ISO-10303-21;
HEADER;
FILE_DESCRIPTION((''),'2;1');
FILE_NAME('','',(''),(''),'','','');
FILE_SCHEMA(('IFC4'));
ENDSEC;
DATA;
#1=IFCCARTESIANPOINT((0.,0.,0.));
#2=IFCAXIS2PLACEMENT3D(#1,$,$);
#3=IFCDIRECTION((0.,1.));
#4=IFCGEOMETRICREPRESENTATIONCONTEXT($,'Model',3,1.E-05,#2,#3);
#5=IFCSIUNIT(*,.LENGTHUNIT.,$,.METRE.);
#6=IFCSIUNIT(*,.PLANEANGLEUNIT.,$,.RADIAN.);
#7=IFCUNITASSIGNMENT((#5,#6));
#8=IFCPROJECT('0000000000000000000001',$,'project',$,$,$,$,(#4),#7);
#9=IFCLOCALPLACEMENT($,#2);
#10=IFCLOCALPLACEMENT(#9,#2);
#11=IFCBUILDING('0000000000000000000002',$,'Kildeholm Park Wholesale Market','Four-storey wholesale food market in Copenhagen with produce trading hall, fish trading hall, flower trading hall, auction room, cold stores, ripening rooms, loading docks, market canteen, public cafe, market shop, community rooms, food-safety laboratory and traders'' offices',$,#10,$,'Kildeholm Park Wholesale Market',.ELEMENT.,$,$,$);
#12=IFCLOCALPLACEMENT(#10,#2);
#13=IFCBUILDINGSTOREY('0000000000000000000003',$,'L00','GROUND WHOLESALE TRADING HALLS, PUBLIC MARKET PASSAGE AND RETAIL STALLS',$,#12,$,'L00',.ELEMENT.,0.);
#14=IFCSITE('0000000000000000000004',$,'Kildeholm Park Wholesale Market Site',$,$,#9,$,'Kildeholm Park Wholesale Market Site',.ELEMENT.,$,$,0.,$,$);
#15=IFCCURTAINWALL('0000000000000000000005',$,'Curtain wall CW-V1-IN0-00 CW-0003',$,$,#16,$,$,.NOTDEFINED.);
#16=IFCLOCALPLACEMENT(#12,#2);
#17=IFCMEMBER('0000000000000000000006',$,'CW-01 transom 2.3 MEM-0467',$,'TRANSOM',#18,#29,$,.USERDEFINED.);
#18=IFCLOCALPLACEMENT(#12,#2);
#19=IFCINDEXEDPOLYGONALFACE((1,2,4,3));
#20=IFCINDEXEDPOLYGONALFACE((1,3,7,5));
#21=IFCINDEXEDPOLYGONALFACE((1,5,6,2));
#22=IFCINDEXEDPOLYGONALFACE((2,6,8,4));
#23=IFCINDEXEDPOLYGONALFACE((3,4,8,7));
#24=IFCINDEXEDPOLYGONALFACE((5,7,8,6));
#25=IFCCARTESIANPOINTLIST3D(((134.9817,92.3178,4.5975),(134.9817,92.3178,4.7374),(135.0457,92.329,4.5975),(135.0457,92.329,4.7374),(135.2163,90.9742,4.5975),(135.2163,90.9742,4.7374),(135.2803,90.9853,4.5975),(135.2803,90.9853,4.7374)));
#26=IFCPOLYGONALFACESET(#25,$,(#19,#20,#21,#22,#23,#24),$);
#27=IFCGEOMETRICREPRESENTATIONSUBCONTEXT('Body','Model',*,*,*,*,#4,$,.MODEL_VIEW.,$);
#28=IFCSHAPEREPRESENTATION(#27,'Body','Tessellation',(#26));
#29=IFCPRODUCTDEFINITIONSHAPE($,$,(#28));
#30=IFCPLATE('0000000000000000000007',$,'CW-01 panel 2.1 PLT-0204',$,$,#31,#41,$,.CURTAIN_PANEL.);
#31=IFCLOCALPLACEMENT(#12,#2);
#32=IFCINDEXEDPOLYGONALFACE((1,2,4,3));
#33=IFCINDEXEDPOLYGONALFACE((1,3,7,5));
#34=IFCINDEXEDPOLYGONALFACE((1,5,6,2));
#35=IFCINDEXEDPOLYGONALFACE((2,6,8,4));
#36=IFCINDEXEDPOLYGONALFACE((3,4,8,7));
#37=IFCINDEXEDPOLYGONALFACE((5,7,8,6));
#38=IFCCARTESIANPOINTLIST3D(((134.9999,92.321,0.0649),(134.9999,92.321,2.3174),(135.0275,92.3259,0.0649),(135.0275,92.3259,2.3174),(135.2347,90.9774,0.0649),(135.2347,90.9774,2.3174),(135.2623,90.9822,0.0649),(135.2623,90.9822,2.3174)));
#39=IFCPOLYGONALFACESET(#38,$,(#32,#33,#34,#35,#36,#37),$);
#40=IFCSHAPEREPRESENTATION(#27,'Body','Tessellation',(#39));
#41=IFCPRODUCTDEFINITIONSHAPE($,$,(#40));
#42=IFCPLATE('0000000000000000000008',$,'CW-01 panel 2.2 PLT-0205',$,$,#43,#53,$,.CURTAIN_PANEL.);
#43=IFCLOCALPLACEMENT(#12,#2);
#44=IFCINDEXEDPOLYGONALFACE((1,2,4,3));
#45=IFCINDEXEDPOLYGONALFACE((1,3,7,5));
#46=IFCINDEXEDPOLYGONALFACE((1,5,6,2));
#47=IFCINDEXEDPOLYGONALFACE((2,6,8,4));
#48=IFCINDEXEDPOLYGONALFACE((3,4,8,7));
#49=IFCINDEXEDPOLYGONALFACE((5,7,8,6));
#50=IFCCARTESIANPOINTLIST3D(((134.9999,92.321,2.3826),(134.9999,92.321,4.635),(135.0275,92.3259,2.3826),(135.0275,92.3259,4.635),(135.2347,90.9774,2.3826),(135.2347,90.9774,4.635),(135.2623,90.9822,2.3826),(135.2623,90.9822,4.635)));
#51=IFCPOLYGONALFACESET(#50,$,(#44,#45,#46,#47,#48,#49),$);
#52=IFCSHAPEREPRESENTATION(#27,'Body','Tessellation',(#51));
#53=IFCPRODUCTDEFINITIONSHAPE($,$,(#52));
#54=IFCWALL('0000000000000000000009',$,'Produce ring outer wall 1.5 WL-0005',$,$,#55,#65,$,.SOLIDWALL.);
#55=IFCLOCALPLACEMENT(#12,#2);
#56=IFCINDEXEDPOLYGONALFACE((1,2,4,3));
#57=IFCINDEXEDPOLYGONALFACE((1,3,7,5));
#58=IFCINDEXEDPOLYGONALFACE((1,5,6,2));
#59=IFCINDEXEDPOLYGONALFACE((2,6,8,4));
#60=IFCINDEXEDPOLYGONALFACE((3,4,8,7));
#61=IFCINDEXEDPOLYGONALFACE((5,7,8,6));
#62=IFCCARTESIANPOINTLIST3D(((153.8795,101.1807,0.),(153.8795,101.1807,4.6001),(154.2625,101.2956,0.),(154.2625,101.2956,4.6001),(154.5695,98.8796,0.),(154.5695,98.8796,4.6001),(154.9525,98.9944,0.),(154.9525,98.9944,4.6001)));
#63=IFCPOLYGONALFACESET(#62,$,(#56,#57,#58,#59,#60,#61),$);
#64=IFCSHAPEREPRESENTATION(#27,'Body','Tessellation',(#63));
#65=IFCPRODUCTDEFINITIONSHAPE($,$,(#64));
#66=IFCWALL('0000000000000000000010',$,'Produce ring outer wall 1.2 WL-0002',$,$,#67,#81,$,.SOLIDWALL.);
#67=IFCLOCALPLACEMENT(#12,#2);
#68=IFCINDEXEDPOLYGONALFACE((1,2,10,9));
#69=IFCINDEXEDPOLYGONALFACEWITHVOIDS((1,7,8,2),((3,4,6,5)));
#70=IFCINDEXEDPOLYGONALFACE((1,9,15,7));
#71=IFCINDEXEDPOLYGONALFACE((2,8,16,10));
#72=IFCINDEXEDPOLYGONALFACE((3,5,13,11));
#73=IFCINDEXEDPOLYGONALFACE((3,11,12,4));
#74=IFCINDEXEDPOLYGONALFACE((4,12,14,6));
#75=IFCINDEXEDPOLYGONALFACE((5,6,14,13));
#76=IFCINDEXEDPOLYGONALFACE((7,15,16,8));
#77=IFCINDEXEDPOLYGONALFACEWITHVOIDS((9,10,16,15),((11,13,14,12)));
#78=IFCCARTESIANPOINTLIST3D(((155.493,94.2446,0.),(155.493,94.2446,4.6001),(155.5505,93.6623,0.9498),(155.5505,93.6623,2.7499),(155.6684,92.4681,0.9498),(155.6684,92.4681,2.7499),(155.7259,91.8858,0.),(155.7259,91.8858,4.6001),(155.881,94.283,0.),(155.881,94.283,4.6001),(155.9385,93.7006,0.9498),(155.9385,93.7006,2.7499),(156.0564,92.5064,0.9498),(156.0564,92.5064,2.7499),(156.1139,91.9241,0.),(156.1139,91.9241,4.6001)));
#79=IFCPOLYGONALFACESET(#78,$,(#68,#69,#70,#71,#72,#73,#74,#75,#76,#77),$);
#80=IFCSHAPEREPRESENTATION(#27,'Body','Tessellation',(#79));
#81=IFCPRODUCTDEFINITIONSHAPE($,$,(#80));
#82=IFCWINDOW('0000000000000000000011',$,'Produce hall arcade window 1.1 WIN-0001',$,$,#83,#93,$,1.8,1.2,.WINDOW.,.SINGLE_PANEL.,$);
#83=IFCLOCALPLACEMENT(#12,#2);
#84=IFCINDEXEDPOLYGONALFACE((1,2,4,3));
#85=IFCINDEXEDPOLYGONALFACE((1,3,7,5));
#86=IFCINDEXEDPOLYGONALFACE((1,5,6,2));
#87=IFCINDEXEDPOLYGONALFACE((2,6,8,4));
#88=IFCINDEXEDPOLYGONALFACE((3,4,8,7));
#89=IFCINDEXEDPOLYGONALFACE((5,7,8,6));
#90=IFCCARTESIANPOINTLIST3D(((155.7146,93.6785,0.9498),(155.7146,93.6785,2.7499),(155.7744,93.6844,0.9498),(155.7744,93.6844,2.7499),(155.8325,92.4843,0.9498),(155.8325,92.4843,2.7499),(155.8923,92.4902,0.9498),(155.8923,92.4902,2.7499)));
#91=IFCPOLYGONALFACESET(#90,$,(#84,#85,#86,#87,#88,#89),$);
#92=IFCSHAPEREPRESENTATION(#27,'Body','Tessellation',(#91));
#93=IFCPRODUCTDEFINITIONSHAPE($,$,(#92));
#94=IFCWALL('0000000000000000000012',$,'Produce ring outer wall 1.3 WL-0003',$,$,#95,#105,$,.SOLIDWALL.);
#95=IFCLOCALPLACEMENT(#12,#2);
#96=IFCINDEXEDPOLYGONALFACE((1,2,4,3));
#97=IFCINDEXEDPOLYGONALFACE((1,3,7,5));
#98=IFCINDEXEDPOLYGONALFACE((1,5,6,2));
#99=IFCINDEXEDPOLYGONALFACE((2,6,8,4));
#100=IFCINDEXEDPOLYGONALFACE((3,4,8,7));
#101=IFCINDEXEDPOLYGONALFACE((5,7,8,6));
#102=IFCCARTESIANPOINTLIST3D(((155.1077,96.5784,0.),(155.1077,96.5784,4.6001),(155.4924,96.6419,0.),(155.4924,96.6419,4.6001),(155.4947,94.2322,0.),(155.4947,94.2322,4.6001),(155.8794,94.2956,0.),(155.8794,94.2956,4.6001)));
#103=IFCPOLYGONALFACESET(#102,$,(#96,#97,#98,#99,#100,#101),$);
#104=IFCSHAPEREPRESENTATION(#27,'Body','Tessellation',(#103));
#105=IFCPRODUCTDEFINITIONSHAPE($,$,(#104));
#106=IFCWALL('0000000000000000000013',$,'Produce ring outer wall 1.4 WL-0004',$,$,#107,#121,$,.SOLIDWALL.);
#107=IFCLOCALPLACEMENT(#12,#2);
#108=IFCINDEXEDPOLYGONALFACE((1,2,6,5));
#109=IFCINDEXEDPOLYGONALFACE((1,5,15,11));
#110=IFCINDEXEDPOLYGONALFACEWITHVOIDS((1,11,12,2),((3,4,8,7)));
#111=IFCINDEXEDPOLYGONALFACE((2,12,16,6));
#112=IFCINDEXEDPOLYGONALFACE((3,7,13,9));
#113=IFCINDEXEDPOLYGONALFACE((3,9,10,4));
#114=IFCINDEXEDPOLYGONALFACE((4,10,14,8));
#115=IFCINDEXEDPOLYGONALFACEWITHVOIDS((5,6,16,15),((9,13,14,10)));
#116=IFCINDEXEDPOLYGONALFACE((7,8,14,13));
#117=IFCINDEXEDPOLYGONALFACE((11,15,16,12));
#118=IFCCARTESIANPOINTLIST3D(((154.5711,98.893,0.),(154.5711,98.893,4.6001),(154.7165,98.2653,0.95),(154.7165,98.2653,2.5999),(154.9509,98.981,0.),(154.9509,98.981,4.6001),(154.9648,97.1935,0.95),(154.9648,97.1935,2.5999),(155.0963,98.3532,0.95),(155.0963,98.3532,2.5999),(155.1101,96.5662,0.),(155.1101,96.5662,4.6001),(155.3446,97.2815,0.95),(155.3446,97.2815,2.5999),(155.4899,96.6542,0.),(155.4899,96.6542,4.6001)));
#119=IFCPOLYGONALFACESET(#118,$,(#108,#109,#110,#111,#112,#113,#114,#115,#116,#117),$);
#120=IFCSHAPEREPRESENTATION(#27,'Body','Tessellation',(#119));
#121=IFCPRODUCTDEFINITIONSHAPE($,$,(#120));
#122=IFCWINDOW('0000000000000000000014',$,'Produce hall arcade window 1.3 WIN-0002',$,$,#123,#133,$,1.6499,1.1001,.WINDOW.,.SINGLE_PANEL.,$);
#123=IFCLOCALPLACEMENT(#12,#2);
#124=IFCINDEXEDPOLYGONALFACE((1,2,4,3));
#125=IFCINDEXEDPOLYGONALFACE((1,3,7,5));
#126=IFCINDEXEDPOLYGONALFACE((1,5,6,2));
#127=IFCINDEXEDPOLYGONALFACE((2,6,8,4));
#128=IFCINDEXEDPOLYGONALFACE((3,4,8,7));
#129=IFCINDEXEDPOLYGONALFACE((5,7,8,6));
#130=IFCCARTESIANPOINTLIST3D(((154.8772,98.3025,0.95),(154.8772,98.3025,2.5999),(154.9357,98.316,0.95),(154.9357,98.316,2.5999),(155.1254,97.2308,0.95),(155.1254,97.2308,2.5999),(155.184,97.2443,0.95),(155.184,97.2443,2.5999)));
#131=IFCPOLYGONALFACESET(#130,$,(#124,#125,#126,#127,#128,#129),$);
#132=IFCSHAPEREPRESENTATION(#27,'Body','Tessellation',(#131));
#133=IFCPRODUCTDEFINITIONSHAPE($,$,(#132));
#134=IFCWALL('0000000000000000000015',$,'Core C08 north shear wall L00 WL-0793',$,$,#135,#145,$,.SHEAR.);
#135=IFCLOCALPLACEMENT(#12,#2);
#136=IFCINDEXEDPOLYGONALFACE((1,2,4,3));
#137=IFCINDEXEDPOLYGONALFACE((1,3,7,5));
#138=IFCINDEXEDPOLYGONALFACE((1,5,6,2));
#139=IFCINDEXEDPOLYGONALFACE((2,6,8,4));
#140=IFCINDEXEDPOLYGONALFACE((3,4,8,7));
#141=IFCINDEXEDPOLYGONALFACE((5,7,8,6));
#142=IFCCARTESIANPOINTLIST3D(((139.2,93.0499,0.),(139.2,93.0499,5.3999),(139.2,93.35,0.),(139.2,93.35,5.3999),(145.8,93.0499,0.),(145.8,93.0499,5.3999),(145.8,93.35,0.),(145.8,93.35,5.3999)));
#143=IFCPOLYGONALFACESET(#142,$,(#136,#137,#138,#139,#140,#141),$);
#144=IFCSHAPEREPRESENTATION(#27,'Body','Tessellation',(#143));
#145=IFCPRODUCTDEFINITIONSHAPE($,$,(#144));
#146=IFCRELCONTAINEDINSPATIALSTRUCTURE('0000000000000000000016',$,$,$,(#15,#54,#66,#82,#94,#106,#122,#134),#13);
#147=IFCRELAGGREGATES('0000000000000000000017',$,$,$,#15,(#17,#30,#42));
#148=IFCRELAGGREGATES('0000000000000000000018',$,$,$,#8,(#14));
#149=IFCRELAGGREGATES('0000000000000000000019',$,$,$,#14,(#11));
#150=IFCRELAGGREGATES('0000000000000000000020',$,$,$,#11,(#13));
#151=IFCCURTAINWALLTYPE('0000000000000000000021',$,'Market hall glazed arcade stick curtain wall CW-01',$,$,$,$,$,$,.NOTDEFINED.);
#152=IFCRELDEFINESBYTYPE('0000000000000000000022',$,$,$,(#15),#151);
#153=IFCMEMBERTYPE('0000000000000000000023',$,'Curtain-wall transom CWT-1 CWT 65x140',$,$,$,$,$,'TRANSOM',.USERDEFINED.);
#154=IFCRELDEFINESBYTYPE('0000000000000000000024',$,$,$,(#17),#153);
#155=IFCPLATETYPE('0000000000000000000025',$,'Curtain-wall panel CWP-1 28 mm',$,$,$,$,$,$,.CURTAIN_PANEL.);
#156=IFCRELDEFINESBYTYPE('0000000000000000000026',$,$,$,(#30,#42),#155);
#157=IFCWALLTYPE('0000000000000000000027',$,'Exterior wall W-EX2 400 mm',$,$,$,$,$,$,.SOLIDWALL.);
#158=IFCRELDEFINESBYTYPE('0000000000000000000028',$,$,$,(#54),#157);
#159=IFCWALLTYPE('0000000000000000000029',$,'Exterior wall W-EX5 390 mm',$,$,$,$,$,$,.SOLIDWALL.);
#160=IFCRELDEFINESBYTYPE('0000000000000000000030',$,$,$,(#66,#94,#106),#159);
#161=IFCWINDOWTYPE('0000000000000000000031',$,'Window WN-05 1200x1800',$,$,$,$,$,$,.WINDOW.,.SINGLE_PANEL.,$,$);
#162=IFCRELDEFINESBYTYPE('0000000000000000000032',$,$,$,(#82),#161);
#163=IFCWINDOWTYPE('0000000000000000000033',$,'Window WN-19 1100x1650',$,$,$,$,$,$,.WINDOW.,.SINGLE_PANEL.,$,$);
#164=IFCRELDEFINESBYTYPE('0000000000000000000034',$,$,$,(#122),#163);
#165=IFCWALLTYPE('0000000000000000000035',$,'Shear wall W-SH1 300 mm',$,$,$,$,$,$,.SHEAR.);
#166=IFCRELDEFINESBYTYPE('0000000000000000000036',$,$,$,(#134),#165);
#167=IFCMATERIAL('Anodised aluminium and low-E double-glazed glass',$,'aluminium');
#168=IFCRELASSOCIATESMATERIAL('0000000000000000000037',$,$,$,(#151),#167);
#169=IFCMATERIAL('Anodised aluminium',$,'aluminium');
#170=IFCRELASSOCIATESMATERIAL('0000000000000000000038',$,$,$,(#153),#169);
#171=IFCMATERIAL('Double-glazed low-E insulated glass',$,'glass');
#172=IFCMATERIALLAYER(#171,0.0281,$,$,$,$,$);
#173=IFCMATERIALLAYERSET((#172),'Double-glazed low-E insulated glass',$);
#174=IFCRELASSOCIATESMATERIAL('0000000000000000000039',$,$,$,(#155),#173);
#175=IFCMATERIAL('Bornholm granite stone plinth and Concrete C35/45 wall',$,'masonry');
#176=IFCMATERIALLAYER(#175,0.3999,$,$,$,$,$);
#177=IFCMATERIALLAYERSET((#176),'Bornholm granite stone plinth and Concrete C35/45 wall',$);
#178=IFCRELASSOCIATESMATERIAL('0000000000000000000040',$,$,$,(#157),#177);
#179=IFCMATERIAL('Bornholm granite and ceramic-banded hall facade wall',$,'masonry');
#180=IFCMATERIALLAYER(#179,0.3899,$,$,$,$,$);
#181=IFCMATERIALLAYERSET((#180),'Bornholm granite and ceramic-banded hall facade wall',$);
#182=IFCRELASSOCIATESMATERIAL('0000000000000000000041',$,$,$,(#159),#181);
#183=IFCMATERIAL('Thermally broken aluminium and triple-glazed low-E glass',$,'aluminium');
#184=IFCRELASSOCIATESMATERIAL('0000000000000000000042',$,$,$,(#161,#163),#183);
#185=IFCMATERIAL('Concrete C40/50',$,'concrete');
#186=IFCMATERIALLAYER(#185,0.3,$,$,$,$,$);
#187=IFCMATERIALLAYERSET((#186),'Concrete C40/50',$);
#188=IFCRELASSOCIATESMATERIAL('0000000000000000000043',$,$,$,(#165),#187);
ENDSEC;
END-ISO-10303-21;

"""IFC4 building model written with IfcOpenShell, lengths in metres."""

from ifc_helpers import new_model, si_unit, direction, frame, frame_2d, origin, origin_2d, place, context, subcontext, project, spatial, rectangle, extrude, material, layer, layer_set, material_profile, profile_set, type_object, element, fill, aggregate, save


model = new_model("IFC4")

# Units and contexts
model_context = context("Model", 3, precision=1e-05, world=origin(), true_north=direction((0.0, 1.0)))
body_context = subcontext(model_context, "Body", "Model", "MODEL_VIEW")
ifc_project = project(units=[si_unit("LENGTHUNIT", "METRE"), si_unit("PLANEANGLEUNIT", "RADIAN")], contexts=[model_context])

# Site, building, storey
site_placement = place(None, origin())
site = spatial("IfcSite", under=ifc_project, at=site_placement, Name="Kildeholm Park Wholesale Market Site", LongName="Kildeholm Park Wholesale Market Site", CompositionType="ELEMENT", RefElevation=0.0)
building_placement = place(site_placement, origin())
building = spatial("IfcBuilding", under=site, at=building_placement, Name="Kildeholm Park Wholesale Market", Description="Four-storey wholesale food market in Copenhagen with produce trading hall, fish trading hall, flower trading hall, auction room, cold stores, ripening rooms, loading docks, market canteen, public cafe, market shop, community rooms, food-safety laboratory and traders' offices", LongName="Kildeholm Park Wholesale Market", CompositionType="ELEMENT")
storey_placement = place(building_placement, origin())
storey = spatial("IfcBuildingStorey", under=building, at=storey_placement, Name="L00", Description="GROUND WHOLESALE TRADING HALLS, PUBLIC MARKET PASSAGE AND RETAIL STALLS", LongName="L00", CompositionType="ELEMENT", Elevation=0.0)

# Curtain wall, member, plates
ifc_material_1 = material(Name="Anodised aluminium and low-E double-glazed glass", Category="aluminium")
curtain_wall_type = type_object("IfcCurtainWallType", Name="Market hall glazed arcade stick curtain wall CW-01", PredefinedType="NOTDEFINED", material=ifc_material_1)
curtain_wall_placement = place(storey_placement, origin())
curtain_wall = element("IfcCurtainWall", 1, at=curtain_wall_placement, inside=storey, type_object=curtain_wall_type, Name="Curtain wall CW-V1-IN0-00 CW-0003", PredefinedType="NOTDEFINED")
ifc_material_2 = material(Name="Anodised aluminium", Category="aluminium")
ifc_material_profile_1 = material_profile(ifc_material_2, rectangle(XDim=0.0649, YDim=0.1399, at=origin_2d()), Name="CWT 65x140")
ifc_profile_set_1 = profile_set([ifc_material_profile_1], Name="Anodised aluminium")
member_type_1 = type_object("IfcMemberType", Name="Curtain-wall transom CWT-1 CWT 65x140", ElementType="TRANSOM", PredefinedType="USERDEFINED", material=ifc_profile_set_1)
member_1_placement = place(storey_placement, frame((135.2483, 90.9797, 4.6675), z_axis=(-0.171998, 0.985097, 0.0), x_axis=(-0.985097, -0.171998, 0.0)))
member_1 = element("IfcMember", 2, at=member_1_placement, type_object=member_type_1, Name="CW-01 transom 2.3 MEM-0467", ObjectType="TRANSOM", PredefinedType="USERDEFINED", context=body_context, shape_type="SweptSolid", body=[
    extrude(rectangle(XDim=0.0649, YDim=0.1399, at=origin_2d()), origin(), (0.0, 0.0, 1.0), 1.364),
])
ifc_material_3 = material(Name="Double-glazed low-E insulated glass", Category="glass")
ifc_layer_1 = layer(ifc_material_3, 0.0281)
ifc_layer_set_1 = layer_set([ifc_layer_1], Name="Double-glazed low-E insulated glass")
plate_type = type_object("IfcPlateType", Name="Curtain-wall panel CWP-1 28 mm", PredefinedType="CURTAIN_PANEL", material=ifc_layer_set_1)
plate_1_placement = place(storey_placement, frame((135.1311, 91.6516, 0.0649), z_axis=(0.0, 0.0, 1.0), x_axis=(-0.172133, 0.985074, 0.0)))
plate_1 = element("IfcPlate", 3, at=plate_1_placement, type_object=plate_type, Name="CW-01 panel 2.1 PLT-0204", PredefinedType="CURTAIN_PANEL", context=body_context, shape_type="SweptSolid", body=[
    extrude(rectangle(XDim=1.364, YDim=0.0281, at=origin_2d()), origin(), (0.0, 0.0, 1.0), 2.2524),
])
plate_2_placement = place(storey_placement, frame((135.1311, 91.6516, 2.3826), z_axis=(0.0, 0.0, 1.0), x_axis=(-0.172133, 0.985074, 0.0)))
plate_2 = element("IfcPlate", 4, at=plate_2_placement, type_object=plate_type, Name="CW-01 panel 2.2 PLT-0205", PredefinedType="CURTAIN_PANEL", context=body_context, shape_type="SweptSolid", body=[
    extrude(rectangle(XDim=1.364, YDim=0.0281, at=origin_2d()), origin(), (0.0, 0.0, 1.0), 2.2524),
])
aggregate(curtain_wall, [member_1, plate_1, plate_2])

# Wall
ifc_material_4 = material(Name="Bornholm granite stone plinth and Concrete C35/45 wall", Category="masonry")
ifc_layer_2 = layer(ifc_material_4, 0.3999)
ifc_layer_set_2 = layer_set([ifc_layer_2], Name="Bornholm granite stone plinth and Concrete C35/45 wall")
wall_type_1 = type_object("IfcWallType", Name="Exterior wall W-EX2 400 mm", PredefinedType="SOLIDWALL", material=ifc_layer_set_2)
wall_1_placement = place(storey_placement, frame((154.761, 98.937, 0.0), z_axis=(0.0, 0.0, 1.0), x_axis=(-0.287208, 0.957868, 0.0)))
element("IfcWall", 5, at=wall_1_placement, inside=storey, type_object=wall_type_1, Name="Produce ring outer wall 1.5 WL-0005", PredefinedType="SOLIDWALL", context=body_context, shape_type="SweptSolid", body=[
    extrude(rectangle(XDim=2.4023, YDim=0.3999, at=frame_2d((1.2012, 0.0))), origin(), (0.0, 0.0, 1.0), 4.6001),
])

# Wall, opening, window
ifc_material_5 = material(Name="Bornholm granite and ceramic-banded hall facade wall", Category="masonry")
ifc_layer_3 = layer(ifc_material_5, 0.3899)
ifc_layer_set_3 = layer_set([ifc_layer_3], Name="Bornholm granite and ceramic-banded hall facade wall")
wall_type_2 = type_object("IfcWallType", Name="Exterior wall W-EX5 390 mm", PredefinedType="SOLIDWALL", material=ifc_layer_set_3)
wall_2_placement = place(storey_placement, frame((155.9199, 91.905, 0.0), z_axis=(0.0, 0.0, 1.0), x_axis=(-0.09826, 0.995161, 0.0)))
wall_2 = element("IfcWall", 6, at=wall_2_placement, inside=storey, type_object=wall_type_2, Name="Produce ring outer wall 1.2 WL-0002", PredefinedType="SOLIDWALL", context=body_context, shape_type="SweptSolid", body=[
    extrude(rectangle(XDim=2.3704, YDim=0.3899, at=frame_2d((1.1851, 0.0))), origin(), (0.0, 0.0, 1.0), 4.6001),
])
opening_1_placement = place(wall_2_placement, frame((0.585, 0.0, 0.95)))
opening_1 = element("IfcOpeningElement", 7, at=opening_1_placement, cuts=wall_2, PredefinedType="OPENING", context=body_context, shape_type="SweptSolid", body=[
    extrude(rectangle(XDim=1.2, YDim=1.8, at=frame_2d((0.6001, 0.8999))), frame((0.0, 0.2048, 0.0), z_axis=(0.0, -1.0, 0.0), x_axis=(1.0, 0.0, 0.0)), (0.0, 0.0, 1.0), 0.4099),
])
ifc_material_6 = material(Name="Thermally broken aluminium and triple-glazed low-E glass", Category="aluminium")
window_type_1 = type_object("IfcWindowType", Name="Window WN-05 1200x1800", PartitioningType="SINGLE_PANEL", PredefinedType="WINDOW", material=ifc_material_6)
window_1_placement = place(opening_1_placement, origin())
window_1 = element("IfcWindow", 8, at=window_1_placement, inside=storey, type_object=window_type_1, Name="Produce hall arcade window 1.1 WIN-0001", OverallHeight=1.8, OverallWidth=1.2, PartitioningType="SINGLE_PANEL", PredefinedType="WINDOW", context=body_context, shape_type="SweptSolid", body=[
    extrude(rectangle(XDim=1.2, YDim=1.8, at=frame_2d((0.6001, 0.8999))), frame((0.0, 0.03, 0.0), z_axis=(0.0, -1.0, 0.0), x_axis=(1.0, 0.0, 0.0)), (0.0, 0.0, 1.0), 0.0601),
])
fill(opening_1, window_1)

# Wall
wall_3_placement = place(storey_placement, frame((155.687, 94.2639, 0.0), z_axis=(0.0, 0.0, 1.0), x_axis=(-0.162734, 0.98667, 0.0)))
element("IfcWall", 9, at=wall_3_placement, inside=storey, type_object=wall_type_2, Name="Produce ring outer wall 1.3 WL-0003", PredefinedType="SOLIDWALL", context=body_context, shape_type="SweptSolid", body=[
    extrude(rectangle(XDim=2.3779, YDim=0.3899, at=frame_2d((1.189, 0.0))), origin(), (0.0, 0.0, 1.0), 4.6001),
])

# Wall, opening, window
wall_4_placement = place(storey_placement, frame((155.3, 96.6101, 0.0), z_axis=(0.0, 0.0, 1.0), x_axis=(-0.225688, 0.9742, 0.0)))
wall_4 = element("IfcWall", 10, at=wall_4_placement, inside=storey, type_object=wall_type_2, Name="Produce ring outer wall 1.4 WL-0004", PredefinedType="SOLIDWALL", context=body_context, shape_type="SweptSolid", body=[
    extrude(rectangle(XDim=2.3884, YDim=0.3899, at=frame_2d((1.1943, 0.0))), origin(), (0.0, 0.0, 1.0), 4.6001),
])
opening_2_placement = place(wall_4_placement, frame((0.644, 0.0, 0.95)))
opening_2 = element("IfcOpeningElement", 11, at=opening_2_placement, cuts=wall_4, PredefinedType="OPENING", context=body_context, shape_type="SweptSolid", body=[
    extrude(rectangle(XDim=1.1001, YDim=1.6499, at=frame_2d((0.55, 0.825))), frame((0.0, 0.2048, 0.0), z_axis=(0.0, -1.0, 0.0), x_axis=(1.0, 0.0, 0.0)), (0.0, 0.0, 1.0), 0.4099),
])
window_type_2 = type_object("IfcWindowType", Name="Window WN-19 1100x1650", PartitioningType="SINGLE_PANEL", PredefinedType="WINDOW", material=ifc_material_6)
window_2_placement = place(opening_2_placement, origin())
window_2 = element("IfcWindow", 12, at=window_2_placement, inside=storey, type_object=window_type_2, Name="Produce hall arcade window 1.3 WIN-0002", OverallHeight=1.6499, OverallWidth=1.1001, PartitioningType="SINGLE_PANEL", PredefinedType="WINDOW", context=body_context, shape_type="SweptSolid", body=[
    extrude(rectangle(XDim=1.1001, YDim=1.6499, at=frame_2d((0.55, 0.825))), frame((0.0, 0.03, 0.0), z_axis=(0.0, -1.0, 0.0), x_axis=(1.0, 0.0, 0.0)), (0.0, 0.0, 1.0), 0.0601),
])
fill(opening_2, window_2)

# Wall
ifc_material_7 = material(Name="Concrete C40/50", Category="concrete")
ifc_layer_4 = layer(ifc_material_7, 0.3)
ifc_layer_set_4 = layer_set([ifc_layer_4], Name="Concrete C40/50")
wall_type_3 = type_object("IfcWallType", Name="Shear wall W-SH1 300 mm", PredefinedType="SHEAR", material=ifc_layer_set_4)
wall_5_placement = place(storey_placement, frame((139.2, 93.2, 0.0), z_axis=(0.0, 0.0, 1.0), x_axis=(1.0, 0.0, 0.0)))
element("IfcWall", 13, at=wall_5_placement, inside=storey, type_object=wall_type_3, Name="Core C08 north shear wall L00 WL-0793", PredefinedType="SHEAR", context=body_context, shape_type="SweptSolid", body=[
    extrude(rectangle(XDim=6.6001, YDim=0.3, at=frame_2d((3.3, 0.0))), origin(), (0.0, 0.0, 1.0), 5.3999),
])

save(model, "model.ifc")
